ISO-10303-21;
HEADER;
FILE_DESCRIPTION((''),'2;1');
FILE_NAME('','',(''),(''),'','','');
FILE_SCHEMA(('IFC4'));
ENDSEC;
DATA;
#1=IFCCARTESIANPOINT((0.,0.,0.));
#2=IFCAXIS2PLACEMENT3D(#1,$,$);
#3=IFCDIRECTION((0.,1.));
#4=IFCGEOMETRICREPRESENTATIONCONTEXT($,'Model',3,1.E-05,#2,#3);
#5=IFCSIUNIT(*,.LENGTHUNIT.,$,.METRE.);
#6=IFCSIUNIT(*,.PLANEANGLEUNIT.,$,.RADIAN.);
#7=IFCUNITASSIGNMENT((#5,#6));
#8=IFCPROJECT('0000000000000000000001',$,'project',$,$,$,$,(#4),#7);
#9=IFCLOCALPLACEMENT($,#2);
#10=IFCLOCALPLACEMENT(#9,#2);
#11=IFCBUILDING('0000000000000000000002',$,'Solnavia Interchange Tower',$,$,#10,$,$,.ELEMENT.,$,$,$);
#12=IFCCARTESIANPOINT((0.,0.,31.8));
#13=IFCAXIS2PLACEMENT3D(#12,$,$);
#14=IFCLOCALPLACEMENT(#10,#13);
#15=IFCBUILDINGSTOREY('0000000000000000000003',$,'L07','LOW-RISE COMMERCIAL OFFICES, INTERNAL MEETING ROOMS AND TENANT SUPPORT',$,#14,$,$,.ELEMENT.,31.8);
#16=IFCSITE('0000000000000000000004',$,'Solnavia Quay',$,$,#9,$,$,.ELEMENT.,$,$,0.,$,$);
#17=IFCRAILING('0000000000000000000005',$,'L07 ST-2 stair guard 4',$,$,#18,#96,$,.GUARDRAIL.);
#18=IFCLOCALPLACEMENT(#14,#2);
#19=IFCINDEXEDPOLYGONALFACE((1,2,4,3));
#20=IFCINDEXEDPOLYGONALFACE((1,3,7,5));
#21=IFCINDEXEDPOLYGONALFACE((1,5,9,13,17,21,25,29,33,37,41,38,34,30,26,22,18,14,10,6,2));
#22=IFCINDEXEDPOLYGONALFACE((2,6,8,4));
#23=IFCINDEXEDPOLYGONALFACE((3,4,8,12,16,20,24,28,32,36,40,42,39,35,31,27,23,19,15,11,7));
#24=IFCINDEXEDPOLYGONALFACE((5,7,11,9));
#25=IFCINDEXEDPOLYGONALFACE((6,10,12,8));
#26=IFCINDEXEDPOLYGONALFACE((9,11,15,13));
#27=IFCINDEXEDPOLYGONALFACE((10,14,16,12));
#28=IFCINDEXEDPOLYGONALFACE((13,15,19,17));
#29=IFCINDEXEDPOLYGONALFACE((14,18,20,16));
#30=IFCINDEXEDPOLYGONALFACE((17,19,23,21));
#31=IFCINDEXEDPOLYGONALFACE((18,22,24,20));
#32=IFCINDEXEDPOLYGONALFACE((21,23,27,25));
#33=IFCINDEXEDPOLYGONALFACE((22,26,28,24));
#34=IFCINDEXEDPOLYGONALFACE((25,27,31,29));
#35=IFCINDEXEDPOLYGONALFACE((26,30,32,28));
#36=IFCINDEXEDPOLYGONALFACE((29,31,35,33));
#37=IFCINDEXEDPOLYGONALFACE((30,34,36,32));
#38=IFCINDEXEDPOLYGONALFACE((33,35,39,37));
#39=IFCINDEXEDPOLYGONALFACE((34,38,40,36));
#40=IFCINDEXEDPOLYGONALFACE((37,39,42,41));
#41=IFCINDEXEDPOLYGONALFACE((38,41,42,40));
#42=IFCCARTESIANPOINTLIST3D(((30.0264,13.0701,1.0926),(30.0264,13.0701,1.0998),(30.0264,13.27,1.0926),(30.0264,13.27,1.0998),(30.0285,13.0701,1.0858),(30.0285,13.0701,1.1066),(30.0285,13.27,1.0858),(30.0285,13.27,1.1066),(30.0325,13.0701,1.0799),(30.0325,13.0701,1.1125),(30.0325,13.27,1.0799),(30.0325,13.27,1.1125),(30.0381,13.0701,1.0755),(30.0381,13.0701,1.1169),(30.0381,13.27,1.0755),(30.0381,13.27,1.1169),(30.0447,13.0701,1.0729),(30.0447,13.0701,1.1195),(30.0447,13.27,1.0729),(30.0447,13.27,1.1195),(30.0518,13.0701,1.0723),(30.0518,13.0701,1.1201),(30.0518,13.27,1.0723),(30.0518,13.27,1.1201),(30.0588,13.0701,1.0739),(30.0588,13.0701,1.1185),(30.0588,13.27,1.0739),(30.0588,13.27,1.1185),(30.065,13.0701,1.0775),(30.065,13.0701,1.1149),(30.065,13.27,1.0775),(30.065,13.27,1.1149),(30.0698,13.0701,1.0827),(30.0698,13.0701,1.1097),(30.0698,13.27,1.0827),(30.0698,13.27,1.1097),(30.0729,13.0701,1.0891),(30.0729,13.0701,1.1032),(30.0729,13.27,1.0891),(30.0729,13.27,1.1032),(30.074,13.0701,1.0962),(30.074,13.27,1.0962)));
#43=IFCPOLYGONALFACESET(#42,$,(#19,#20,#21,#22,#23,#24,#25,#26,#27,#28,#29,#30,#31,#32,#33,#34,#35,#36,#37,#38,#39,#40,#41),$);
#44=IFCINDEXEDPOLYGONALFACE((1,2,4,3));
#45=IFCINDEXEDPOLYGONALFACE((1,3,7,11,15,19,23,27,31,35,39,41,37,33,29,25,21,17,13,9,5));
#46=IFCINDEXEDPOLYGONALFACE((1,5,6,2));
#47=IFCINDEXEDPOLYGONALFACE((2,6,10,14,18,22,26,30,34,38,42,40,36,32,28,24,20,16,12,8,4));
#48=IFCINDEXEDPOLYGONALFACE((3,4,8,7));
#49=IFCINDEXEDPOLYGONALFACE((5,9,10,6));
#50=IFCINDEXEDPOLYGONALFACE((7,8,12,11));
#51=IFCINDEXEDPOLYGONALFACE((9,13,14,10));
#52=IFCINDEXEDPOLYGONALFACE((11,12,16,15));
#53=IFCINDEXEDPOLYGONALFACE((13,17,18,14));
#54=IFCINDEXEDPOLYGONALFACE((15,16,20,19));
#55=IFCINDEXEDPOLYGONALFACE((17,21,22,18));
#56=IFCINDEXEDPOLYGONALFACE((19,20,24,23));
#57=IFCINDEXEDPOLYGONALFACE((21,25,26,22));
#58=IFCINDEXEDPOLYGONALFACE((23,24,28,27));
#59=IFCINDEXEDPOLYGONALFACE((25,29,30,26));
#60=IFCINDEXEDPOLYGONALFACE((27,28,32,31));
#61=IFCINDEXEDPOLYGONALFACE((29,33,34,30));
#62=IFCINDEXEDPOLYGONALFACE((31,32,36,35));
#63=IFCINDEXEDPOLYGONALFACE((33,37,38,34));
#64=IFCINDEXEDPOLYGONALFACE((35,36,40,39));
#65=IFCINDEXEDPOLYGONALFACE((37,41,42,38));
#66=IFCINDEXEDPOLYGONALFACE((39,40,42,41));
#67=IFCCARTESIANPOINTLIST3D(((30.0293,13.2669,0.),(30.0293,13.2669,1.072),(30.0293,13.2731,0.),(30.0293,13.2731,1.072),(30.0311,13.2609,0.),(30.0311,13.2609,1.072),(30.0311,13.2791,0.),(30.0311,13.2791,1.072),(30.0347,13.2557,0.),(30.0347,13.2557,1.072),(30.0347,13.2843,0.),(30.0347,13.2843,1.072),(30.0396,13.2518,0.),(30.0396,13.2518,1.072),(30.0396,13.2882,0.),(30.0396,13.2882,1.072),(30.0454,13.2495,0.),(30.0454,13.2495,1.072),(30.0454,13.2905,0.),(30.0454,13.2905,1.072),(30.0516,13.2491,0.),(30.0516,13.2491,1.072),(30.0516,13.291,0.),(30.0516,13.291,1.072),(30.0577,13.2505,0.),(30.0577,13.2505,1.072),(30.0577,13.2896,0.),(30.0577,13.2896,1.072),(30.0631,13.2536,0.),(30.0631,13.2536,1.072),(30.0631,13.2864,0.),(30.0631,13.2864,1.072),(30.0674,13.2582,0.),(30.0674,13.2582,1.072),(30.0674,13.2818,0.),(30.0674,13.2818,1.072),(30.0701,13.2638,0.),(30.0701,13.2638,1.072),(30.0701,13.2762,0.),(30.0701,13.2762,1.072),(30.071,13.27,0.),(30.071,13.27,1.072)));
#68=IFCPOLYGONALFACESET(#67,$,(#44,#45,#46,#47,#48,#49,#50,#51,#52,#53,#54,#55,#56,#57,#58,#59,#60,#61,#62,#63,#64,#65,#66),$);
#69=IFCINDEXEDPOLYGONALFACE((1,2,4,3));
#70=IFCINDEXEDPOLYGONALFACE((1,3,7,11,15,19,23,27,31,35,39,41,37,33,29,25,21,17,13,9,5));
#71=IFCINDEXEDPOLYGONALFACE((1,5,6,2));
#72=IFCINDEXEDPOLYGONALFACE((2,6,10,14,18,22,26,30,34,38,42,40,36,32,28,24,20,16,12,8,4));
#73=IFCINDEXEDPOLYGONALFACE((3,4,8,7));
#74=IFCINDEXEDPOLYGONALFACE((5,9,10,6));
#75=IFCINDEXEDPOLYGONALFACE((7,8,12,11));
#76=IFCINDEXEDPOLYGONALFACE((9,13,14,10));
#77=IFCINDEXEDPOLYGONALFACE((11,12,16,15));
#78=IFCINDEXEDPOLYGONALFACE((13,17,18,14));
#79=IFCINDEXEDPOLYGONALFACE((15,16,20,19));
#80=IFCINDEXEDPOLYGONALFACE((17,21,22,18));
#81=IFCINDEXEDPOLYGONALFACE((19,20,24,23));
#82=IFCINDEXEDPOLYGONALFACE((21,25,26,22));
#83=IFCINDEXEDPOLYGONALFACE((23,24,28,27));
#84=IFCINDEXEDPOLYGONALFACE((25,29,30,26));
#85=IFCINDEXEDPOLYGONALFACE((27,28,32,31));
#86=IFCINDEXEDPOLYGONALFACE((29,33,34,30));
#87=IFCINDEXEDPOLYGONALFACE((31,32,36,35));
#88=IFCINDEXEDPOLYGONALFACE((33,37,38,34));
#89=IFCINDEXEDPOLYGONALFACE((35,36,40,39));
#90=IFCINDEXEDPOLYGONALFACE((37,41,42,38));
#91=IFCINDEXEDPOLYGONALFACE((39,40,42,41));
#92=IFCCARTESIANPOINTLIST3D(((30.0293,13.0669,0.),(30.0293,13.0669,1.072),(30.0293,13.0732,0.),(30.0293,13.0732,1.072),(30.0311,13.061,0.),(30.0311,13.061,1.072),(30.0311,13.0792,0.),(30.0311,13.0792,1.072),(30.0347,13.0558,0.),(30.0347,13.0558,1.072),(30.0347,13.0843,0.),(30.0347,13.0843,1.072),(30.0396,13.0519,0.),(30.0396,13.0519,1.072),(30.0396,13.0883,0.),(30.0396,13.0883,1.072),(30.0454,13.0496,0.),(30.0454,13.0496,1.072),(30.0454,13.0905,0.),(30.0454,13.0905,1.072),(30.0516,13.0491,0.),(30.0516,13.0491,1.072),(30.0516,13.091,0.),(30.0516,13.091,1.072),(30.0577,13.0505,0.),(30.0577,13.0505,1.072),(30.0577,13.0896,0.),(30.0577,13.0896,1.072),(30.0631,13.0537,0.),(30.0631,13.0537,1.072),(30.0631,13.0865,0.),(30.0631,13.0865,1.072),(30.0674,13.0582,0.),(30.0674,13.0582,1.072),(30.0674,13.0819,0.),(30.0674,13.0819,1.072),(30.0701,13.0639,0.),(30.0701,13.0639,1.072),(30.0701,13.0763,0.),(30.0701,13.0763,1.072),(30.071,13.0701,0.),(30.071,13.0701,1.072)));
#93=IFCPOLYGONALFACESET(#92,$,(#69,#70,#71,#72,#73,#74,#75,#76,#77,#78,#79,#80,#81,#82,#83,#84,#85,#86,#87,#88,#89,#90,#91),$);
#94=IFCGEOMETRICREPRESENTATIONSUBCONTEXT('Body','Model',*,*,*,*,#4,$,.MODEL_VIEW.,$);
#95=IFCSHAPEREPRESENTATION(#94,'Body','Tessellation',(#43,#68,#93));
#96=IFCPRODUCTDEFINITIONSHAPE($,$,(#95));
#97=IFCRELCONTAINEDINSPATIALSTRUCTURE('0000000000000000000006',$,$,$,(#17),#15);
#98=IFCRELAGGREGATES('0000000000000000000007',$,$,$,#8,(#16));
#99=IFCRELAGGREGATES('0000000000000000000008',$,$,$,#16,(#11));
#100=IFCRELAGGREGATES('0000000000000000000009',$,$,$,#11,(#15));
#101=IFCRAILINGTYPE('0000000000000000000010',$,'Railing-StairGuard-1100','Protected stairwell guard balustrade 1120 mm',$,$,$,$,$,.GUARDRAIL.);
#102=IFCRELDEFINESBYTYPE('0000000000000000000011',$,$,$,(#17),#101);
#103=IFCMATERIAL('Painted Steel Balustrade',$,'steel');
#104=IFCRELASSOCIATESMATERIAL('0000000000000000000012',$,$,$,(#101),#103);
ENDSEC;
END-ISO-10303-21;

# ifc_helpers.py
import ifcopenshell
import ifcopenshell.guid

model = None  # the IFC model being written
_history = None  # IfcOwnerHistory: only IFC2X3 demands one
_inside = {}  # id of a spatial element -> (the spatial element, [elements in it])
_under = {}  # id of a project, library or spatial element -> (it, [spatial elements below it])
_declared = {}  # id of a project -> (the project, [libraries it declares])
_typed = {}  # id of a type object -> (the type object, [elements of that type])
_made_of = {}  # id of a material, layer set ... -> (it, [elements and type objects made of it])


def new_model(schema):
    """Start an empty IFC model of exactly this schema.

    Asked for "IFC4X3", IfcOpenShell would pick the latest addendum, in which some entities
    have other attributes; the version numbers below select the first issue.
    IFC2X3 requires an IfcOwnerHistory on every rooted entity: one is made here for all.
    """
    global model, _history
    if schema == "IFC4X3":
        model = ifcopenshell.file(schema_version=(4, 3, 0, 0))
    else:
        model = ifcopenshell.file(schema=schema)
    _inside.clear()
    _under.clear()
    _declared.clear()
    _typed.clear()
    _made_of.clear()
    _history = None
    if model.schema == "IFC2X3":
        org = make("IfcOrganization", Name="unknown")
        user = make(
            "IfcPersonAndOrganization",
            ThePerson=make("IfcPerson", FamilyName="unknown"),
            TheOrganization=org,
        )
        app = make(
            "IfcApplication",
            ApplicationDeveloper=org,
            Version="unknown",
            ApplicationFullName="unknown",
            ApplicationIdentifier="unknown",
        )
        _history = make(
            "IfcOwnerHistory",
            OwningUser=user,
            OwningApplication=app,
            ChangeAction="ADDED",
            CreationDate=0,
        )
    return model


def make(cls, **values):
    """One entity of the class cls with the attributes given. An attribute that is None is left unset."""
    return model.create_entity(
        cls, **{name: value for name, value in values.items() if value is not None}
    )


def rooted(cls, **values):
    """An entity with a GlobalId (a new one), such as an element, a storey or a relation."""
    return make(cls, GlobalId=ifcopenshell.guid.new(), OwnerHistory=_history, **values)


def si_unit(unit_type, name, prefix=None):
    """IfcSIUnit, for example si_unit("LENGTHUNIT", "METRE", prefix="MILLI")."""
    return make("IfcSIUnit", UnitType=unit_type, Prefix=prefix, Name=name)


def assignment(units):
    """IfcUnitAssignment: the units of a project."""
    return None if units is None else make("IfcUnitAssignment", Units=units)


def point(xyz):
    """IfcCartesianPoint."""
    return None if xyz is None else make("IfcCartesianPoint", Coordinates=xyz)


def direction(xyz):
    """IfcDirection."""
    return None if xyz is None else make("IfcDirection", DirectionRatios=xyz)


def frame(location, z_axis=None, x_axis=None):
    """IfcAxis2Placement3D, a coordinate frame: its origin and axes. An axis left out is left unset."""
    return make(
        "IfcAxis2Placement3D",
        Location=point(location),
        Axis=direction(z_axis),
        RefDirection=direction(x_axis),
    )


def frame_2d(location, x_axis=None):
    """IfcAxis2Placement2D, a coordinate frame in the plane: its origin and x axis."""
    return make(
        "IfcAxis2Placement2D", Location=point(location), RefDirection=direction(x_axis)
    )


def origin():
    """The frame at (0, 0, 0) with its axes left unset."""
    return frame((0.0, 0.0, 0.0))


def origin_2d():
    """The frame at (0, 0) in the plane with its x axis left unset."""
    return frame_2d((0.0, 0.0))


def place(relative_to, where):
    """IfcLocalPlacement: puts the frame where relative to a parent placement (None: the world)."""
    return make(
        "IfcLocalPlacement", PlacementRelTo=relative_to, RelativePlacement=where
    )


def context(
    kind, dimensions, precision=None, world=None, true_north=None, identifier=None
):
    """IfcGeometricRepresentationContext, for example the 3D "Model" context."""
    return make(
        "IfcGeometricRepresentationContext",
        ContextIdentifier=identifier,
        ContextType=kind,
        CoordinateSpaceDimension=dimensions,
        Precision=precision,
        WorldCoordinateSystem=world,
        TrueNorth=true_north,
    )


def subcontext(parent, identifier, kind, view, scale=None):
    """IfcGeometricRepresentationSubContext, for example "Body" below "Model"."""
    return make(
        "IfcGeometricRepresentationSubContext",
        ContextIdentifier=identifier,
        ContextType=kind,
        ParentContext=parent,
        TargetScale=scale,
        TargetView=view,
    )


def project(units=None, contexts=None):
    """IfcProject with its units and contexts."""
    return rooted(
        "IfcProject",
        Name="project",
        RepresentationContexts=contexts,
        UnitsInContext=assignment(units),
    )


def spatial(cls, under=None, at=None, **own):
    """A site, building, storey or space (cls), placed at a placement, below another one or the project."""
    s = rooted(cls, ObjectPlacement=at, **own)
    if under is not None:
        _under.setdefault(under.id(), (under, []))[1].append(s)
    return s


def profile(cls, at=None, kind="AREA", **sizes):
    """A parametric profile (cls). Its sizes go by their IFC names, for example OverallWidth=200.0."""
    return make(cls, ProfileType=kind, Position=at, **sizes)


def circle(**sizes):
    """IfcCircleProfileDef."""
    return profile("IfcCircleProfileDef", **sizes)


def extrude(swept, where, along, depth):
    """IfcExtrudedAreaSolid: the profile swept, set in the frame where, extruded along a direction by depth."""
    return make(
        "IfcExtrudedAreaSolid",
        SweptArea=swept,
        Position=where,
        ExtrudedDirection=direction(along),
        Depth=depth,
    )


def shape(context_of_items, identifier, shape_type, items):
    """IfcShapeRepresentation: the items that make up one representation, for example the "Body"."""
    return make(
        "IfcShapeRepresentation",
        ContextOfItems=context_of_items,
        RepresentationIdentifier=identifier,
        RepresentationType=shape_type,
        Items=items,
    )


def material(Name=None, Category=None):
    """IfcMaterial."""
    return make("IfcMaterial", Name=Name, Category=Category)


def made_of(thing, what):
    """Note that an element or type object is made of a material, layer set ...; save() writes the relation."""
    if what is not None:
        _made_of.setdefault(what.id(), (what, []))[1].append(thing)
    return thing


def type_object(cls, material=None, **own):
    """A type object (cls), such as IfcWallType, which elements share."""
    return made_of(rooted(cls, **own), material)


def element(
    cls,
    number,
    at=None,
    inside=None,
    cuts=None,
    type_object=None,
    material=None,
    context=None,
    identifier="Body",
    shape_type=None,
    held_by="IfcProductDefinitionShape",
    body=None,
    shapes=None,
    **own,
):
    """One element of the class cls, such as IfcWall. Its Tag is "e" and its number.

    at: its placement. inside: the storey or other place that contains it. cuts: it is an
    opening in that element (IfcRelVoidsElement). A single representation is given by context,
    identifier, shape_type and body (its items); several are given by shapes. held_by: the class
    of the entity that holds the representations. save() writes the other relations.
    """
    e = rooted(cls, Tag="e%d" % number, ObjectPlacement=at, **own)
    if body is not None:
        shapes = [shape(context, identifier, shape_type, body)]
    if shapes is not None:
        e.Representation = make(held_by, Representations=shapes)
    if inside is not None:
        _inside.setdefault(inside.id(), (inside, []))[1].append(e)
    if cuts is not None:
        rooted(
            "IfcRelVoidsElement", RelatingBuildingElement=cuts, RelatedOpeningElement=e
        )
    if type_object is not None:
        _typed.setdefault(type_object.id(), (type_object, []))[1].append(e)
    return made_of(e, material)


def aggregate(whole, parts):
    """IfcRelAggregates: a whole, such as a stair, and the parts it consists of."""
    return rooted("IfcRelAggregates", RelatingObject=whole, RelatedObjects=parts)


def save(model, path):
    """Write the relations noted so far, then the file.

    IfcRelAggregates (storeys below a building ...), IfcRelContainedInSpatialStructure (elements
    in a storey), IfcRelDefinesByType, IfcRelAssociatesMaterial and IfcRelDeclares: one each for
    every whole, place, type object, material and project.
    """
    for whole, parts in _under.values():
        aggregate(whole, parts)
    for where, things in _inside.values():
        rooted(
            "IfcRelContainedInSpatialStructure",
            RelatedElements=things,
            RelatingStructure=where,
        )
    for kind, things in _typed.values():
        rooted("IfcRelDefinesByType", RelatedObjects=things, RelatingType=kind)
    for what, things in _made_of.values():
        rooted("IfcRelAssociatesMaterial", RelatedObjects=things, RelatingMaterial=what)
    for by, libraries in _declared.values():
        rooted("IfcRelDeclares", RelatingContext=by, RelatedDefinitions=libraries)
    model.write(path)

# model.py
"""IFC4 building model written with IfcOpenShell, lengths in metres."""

from ifc_helpers import new_model, si_unit, direction, frame, origin, origin_2d, place, context, subcontext, project, spatial, circle, extrude, material, type_object, element, save


model = new_model("IFC4")

# Units and contexts
model_context = context("Model", 3, precision=1e-05, world=origin(), true_north=direction((0.0, 1.0)))
body_context = subcontext(model_context, "Body", "Model", "MODEL_VIEW")
ifc_project = project(units=[si_unit("LENGTHUNIT", "METRE"), si_unit("PLANEANGLEUNIT", "RADIAN")], contexts=[model_context])

# Site, building, storey
site_placement = place(None, origin())
site = spatial("IfcSite", under=ifc_project, at=site_placement, Name="Solnavia Quay", CompositionType="ELEMENT", RefElevation=0.0)
building_placement = place(site_placement, origin())
building = spatial("IfcBuilding", under=site, at=building_placement, Name="Solnavia Interchange Tower", CompositionType="ELEMENT")
storey_placement = place(building_placement, frame((0.0, 0.0, 31.8)))
storey = spatial("IfcBuildingStorey", under=building, at=storey_placement, Name="L07", Description="LOW-RISE COMMERCIAL OFFICES, INTERNAL MEETING ROOMS AND TENANT SUPPORT", CompositionType="ELEMENT", Elevation=31.8)

# Railing
ifc_material_1 = material(Name="Painted Steel Balustrade", Category="steel")
railing_type_1 = type_object("IfcRailingType", Name="Railing-StairGuard-1100", Description="Protected stairwell guard balustrade 1120 mm", PredefinedType="GUARDRAIL", material=ifc_material_1)
railing_1_placement = place(storey_placement, frame((30.05, 13.27, 0.0)))
element("IfcRailing", 1, at=railing_1_placement, inside=storey, type_object=railing_type_1, Name="L07 ST-2 stair guard 4", PredefinedType="GUARDRAIL", context=body_context, shape_type="SweptSolid", body=[
    extrude(circle(Radius=0.0239, at=origin_2d()), frame((0.0, 0.0, 1.0962), z_axis=(0.0, -1.0, 0.0), x_axis=(1.0, 0.0, 0.0)), (0.0, 0.0, 1.0), 0.2),
    extrude(circle(Radius=0.021, at=origin_2d()), origin(), (0.0, 0.0, 1.0), 1.072),
    extrude(circle(Radius=0.021, at=origin_2d()), frame((0.0, -0.2, 0.0)), (0.0, 0.0, 1.0), 1.072),
])

save(model, "model.ifc")
